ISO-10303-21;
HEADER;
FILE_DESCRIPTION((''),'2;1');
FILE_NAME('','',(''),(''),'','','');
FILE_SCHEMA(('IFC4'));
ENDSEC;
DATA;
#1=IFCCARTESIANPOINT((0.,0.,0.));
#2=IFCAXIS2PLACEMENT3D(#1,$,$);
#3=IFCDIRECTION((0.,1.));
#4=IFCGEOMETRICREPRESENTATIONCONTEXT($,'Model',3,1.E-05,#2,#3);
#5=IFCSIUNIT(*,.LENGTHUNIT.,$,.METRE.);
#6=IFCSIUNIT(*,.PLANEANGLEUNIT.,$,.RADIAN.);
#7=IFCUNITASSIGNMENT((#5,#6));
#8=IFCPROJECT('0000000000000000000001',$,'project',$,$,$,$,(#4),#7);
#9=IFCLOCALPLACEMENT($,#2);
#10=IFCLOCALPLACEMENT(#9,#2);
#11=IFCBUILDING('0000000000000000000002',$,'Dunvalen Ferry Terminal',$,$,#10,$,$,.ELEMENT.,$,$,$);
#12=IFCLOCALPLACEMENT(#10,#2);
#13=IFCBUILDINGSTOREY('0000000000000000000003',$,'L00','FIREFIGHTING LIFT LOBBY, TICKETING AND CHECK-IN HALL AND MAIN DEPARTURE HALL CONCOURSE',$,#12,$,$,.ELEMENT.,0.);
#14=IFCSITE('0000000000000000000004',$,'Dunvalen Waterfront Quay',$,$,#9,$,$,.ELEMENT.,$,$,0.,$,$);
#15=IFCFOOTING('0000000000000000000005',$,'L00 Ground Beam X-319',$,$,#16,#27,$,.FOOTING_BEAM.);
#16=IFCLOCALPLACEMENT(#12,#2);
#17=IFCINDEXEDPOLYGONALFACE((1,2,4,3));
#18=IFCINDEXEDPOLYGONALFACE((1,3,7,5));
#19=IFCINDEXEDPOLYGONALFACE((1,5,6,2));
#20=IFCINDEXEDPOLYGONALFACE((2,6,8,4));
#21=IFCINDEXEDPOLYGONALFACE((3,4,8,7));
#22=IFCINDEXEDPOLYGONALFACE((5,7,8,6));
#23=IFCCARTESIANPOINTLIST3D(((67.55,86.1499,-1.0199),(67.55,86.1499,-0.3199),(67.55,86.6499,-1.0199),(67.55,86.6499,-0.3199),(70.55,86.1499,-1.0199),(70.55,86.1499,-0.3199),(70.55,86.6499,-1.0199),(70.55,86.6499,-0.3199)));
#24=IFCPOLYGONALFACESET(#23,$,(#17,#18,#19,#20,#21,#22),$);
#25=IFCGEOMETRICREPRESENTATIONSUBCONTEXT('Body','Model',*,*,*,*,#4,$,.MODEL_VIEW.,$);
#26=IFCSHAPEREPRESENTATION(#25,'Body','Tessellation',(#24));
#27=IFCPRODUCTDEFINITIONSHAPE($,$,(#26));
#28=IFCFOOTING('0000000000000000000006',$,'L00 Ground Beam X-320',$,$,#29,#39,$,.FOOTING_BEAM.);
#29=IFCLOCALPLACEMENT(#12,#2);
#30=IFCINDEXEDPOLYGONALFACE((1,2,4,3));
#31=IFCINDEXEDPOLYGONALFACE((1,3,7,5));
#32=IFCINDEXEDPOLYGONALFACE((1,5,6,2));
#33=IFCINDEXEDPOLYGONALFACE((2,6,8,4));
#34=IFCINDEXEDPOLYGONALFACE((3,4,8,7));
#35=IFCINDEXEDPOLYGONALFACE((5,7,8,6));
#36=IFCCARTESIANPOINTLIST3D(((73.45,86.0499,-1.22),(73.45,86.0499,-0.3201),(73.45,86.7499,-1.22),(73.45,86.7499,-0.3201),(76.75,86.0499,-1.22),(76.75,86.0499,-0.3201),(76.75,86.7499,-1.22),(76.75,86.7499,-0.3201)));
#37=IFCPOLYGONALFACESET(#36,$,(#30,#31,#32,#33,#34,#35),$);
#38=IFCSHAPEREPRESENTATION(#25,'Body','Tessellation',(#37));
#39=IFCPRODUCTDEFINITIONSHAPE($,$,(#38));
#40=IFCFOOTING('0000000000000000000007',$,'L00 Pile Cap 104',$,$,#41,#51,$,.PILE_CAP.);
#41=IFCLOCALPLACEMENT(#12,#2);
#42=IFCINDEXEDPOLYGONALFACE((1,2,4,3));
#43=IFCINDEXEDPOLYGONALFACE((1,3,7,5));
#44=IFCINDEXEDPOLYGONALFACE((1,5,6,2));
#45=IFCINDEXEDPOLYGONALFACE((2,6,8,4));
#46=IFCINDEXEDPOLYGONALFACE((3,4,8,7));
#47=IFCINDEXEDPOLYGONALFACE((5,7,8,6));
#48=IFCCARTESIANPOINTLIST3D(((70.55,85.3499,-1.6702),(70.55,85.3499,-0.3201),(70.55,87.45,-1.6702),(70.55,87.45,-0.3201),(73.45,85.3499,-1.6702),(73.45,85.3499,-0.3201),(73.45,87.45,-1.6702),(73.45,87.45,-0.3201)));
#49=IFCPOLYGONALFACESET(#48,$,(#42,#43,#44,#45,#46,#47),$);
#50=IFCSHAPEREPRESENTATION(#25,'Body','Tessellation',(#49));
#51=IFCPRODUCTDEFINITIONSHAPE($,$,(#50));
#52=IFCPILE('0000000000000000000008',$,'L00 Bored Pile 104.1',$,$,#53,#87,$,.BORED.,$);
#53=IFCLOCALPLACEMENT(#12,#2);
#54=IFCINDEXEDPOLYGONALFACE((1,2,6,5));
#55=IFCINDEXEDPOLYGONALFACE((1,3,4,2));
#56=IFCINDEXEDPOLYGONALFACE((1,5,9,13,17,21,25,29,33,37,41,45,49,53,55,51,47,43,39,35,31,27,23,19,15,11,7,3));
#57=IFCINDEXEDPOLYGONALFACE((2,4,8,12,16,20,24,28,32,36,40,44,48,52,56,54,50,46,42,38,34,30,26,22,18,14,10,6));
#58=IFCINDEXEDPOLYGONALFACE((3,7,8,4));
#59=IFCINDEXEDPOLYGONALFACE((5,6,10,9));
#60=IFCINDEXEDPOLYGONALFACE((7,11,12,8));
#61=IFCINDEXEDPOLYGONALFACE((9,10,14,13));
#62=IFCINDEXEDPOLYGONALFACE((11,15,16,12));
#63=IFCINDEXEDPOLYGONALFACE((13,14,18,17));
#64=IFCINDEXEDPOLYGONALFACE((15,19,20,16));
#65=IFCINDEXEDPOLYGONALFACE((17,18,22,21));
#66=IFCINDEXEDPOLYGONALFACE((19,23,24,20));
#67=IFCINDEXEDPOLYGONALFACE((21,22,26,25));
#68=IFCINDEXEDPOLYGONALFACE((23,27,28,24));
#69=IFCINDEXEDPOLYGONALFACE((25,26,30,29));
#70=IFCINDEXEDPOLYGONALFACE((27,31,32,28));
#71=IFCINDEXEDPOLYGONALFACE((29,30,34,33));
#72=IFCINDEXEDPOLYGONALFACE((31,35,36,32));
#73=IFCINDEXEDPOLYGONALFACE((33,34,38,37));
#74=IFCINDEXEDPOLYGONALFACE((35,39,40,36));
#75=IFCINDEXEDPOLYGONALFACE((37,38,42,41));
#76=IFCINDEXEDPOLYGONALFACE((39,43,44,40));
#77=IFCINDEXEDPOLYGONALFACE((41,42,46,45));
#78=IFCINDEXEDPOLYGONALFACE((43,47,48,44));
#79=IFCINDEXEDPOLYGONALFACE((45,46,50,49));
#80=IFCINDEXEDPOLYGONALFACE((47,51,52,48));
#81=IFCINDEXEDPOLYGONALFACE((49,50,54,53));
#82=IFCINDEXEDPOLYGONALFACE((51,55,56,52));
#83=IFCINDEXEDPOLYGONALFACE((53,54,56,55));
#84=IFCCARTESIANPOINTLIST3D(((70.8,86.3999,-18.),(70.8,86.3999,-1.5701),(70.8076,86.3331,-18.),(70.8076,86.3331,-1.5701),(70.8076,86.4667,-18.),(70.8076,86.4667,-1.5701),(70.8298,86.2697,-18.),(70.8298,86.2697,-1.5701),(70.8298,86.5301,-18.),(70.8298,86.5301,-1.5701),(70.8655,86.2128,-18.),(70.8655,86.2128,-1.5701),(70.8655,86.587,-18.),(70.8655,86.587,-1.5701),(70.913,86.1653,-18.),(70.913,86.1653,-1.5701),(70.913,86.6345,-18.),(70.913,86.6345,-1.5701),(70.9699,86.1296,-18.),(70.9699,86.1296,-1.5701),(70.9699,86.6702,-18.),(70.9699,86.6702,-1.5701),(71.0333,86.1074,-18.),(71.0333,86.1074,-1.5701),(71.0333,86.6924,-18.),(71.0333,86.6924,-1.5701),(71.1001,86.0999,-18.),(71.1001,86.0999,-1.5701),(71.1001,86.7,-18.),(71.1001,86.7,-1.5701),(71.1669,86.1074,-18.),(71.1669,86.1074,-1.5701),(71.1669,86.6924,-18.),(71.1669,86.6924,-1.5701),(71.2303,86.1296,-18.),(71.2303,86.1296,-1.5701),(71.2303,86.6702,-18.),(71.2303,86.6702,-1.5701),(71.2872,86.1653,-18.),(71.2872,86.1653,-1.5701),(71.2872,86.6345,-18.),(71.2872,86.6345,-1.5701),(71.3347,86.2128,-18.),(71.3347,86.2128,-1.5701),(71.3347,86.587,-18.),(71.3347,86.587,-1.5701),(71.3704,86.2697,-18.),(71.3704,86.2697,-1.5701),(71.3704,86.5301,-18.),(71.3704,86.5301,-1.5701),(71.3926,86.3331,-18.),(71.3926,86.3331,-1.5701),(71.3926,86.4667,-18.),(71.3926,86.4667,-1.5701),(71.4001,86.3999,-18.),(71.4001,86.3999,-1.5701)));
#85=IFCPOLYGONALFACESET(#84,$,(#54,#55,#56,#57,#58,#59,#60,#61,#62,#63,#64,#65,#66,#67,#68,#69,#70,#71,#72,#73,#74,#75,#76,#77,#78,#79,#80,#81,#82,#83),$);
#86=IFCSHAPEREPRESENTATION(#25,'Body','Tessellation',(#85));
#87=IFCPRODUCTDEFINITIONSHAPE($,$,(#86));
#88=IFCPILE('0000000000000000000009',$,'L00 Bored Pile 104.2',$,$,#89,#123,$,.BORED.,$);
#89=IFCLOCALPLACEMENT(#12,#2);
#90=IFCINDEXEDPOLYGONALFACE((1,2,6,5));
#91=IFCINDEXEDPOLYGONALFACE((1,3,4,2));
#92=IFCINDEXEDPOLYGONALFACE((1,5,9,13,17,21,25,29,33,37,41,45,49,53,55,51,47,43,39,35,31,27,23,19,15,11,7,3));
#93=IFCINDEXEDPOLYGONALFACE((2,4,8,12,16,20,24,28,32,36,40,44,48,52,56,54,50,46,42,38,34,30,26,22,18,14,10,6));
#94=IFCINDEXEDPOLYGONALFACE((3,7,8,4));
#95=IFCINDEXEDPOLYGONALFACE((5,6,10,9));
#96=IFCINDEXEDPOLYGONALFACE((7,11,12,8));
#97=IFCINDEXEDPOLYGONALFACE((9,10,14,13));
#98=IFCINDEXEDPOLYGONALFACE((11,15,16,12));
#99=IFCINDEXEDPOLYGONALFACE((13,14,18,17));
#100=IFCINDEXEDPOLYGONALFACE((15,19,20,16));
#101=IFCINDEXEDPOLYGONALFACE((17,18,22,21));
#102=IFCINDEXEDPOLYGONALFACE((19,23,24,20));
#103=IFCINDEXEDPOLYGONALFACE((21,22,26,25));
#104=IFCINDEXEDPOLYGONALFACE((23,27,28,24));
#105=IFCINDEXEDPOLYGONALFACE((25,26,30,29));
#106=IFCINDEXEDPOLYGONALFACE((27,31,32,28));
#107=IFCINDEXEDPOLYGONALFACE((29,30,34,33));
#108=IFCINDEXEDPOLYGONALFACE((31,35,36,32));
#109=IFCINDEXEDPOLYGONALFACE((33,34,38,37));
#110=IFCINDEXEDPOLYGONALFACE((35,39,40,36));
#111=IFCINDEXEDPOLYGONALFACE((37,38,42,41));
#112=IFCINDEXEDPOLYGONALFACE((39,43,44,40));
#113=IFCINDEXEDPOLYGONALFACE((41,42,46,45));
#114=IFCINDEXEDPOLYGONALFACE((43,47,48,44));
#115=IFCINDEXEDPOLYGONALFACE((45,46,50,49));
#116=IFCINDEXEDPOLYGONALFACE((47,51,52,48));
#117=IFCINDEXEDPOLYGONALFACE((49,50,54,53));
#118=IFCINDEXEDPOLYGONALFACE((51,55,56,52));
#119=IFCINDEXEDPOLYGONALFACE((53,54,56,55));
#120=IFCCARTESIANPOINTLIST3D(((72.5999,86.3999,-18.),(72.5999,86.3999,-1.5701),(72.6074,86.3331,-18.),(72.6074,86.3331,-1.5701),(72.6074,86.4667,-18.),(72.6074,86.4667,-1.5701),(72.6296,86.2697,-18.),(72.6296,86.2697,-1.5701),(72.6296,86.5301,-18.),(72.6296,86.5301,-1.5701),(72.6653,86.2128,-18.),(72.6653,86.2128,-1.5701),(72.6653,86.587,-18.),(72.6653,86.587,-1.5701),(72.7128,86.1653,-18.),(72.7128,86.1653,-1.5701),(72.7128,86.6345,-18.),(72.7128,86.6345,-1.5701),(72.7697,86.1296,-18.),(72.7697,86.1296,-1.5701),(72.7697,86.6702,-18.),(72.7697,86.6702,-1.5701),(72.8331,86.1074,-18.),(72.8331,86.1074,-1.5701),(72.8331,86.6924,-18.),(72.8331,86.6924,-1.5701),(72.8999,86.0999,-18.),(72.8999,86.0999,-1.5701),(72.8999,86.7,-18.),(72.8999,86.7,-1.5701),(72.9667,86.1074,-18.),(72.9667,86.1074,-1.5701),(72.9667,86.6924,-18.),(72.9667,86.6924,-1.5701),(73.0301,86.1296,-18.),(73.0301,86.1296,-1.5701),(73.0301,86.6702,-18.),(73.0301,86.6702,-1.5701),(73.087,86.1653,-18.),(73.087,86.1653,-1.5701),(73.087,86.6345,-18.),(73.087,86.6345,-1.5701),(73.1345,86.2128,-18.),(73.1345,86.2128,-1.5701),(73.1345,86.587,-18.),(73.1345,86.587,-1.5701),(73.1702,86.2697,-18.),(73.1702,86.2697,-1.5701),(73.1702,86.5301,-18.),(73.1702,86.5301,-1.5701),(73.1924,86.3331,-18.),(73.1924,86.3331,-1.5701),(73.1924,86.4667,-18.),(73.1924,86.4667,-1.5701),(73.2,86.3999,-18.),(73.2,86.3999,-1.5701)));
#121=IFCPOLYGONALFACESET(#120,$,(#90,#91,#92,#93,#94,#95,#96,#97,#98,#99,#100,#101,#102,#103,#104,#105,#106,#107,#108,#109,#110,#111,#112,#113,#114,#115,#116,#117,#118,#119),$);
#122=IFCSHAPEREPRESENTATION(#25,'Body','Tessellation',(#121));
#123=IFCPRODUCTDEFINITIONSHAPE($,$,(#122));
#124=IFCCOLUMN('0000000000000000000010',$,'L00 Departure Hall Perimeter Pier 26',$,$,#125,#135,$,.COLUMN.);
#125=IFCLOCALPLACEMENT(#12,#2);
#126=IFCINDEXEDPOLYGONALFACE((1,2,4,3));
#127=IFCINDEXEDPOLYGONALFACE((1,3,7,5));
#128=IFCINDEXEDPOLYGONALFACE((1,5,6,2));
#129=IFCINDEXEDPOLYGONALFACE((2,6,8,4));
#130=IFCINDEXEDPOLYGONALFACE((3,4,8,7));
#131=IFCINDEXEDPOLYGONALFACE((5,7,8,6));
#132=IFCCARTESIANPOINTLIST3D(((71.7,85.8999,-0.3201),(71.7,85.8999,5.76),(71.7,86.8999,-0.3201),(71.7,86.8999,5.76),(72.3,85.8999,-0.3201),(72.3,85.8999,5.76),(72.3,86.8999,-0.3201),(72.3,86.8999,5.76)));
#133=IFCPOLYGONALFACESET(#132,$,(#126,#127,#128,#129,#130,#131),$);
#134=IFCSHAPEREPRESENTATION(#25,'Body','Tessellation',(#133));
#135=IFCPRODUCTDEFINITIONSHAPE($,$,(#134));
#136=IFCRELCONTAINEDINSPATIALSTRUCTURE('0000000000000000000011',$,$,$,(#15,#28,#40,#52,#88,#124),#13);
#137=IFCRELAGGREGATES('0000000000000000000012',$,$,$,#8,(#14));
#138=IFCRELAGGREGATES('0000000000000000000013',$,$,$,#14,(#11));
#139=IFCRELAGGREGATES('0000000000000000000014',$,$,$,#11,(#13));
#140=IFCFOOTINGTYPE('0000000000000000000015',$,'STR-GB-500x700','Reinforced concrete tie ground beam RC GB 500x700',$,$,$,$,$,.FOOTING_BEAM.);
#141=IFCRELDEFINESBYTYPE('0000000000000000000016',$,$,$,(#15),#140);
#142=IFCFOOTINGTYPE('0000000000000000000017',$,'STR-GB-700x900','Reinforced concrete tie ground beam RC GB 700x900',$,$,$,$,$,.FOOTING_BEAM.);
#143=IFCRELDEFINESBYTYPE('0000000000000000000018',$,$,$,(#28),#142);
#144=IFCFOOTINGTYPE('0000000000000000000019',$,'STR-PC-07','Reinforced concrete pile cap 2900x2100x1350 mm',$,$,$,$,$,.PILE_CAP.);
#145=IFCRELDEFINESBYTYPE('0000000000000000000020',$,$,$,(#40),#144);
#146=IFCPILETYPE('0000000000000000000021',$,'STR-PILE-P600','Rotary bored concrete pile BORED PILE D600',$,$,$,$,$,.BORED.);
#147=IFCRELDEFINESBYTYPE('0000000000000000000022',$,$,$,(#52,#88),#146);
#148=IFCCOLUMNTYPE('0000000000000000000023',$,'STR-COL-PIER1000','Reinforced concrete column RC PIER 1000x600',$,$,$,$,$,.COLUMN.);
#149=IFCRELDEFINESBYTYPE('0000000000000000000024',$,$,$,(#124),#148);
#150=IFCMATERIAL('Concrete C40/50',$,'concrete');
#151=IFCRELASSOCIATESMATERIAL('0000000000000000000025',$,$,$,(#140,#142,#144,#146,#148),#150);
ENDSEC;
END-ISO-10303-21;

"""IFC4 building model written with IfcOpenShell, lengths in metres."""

from ifc_helpers import new_model, si_unit, direction, frame, origin, origin_2d, place, context, subcontext, project, spatial, rectangle, circle, extrude, material, material_profile, profile_set, type_object, element, save


model = new_model("IFC4")

# Units and contexts
model_context = context("Model", 3, precision=1e-05, world=origin(), true_north=direction((0.0, 1.0)))
body_context = subcontext(model_context, "Body", "Model", "MODEL_VIEW")
ifc_project = project(units=[si_unit("LENGTHUNIT", "METRE"), si_unit("PLANEANGLEUNIT", "RADIAN")], contexts=[model_context])

# Site, building, storey
site_placement = place(None, origin())
site = spatial("IfcSite", under=ifc_project, at=site_placement, Name="Dunvalen Waterfront Quay", CompositionType="ELEMENT", RefElevation=0.0)
building_placement = place(site_placement, origin())
building = spatial("IfcBuilding", under=site, at=building_placement, Name="Dunvalen Ferry Terminal", CompositionType="ELEMENT")
storey_placement = place(building_placement, origin())
storey = spatial("IfcBuildingStorey", under=building, at=storey_placement, Name="L00", Description="FIREFIGHTING LIFT LOBBY, TICKETING AND CHECK-IN HALL AND MAIN DEPARTURE HALL CONCOURSE", CompositionType="ELEMENT", Elevation=0.0)

# Footings
ifc_material_1 = material(Name="Concrete C40/50", Category="concrete")
ifc_material_profile_1 = material_profile(ifc_material_1, rectangle(XDim=0.5, YDim=0.7, at=origin_2d()), Name="Concrete C40/50")
ifc_profile_set_1 = profile_set([ifc_material_profile_1], Name="Concrete C40/50")
footing_type_1 = type_object("IfcFootingType", Name="STR-GB-500x700", Description="Reinforced concrete tie ground beam RC GB 500x700", PredefinedType="FOOTING_BEAM", material=ifc_profile_set_1)
footing_1_placement = place(storey_placement, frame((67.55, 86.3999, -0.6699), z_axis=(1.0, 0.0, 0.0), x_axis=(0.0, 1.0, 0.0)))
element("IfcFooting", 1, at=footing_1_placement, inside=storey, type_object=footing_type_1, Name="L00 Ground Beam X-319", PredefinedType="FOOTING_BEAM", context=body_context, shape_type="SweptSolid", body=[
    extrude(rectangle(XDim=0.5, YDim=0.7, at=origin_2d()), origin(), (0.0, 0.0, 1.0), 3.0),
])
ifc_material_profile_2 = material_profile(ifc_material_1, rectangle(XDim=0.7, YDim=0.8999, at=origin_2d()), Name="Concrete C40/50")
ifc_profile_set_2 = profile_set([ifc_material_profile_2], Name="Concrete C40/50")
footing_type_2 = type_object("IfcFootingType", Name="STR-GB-700x900", Description="Reinforced concrete tie ground beam RC GB 700x900", PredefinedType="FOOTING_BEAM", material=ifc_profile_set_2)
footing_2_placement = place(storey_placement, frame((73.45, 86.3999, -0.77), z_axis=(1.0, 0.0, 0.0), x_axis=(0.0, 1.0, 0.0)))
element("IfcFooting", 2, at=footing_2_placement, inside=storey, type_object=footing_type_2, Name="L00 Ground Beam X-320", PredefinedType="FOOTING_BEAM", context=body_context, shape_type="SweptSolid", body=[
    extrude(rectangle(XDim=0.7, YDim=0.8999, at=origin_2d()), origin(), (0.0, 0.0, 1.0), 3.3),
])
footing_type_3 = type_object("IfcFootingType", Name="STR-PC-07", Description="Reinforced concrete pile cap 2900x2100x1350 mm", PredefinedType="PILE_CAP", material=ifc_material_1)
footing_3_placement = place(storey_placement, frame((72.0, 86.3999, -1.6702), z_axis=(0.0, 0.0, 1.0), x_axis=(1.0, 0.0, 0.0)))
element("IfcFooting", 3, at=footing_3_placement, inside=storey, type_object=footing_type_3, Name="L00 Pile Cap 104", PredefinedType="PILE_CAP", context=body_context, shape_type="SweptSolid", body=[
    extrude(rectangle(XDim=2.8999, YDim=2.1001, at=origin_2d()), origin(), (0.0, 0.0, 1.0), 1.3501),
])

# Piles
ifc_material_profile_3 = material_profile(ifc_material_1, circle(Radius=0.3, at=origin_2d()), Name="Concrete C40/50")
ifc_profile_set_3 = profile_set([ifc_material_profile_3], Name="Concrete C40/50")
pile_type = type_object("IfcPileType", Name="STR-PILE-P600", Description="Rotary bored concrete pile BORED PILE D600", PredefinedType="BORED", material=ifc_profile_set_3)
for number, where, z_axis, x_axis, name in (
    (4, (71.1001, 86.3999, -1.5701), (0.0, 0.0, -1.0), (1.0, 0.0, 0.0), "L00 Bored Pile 104.1"),
    (5, (72.8999, 86.3999, -1.5701), (0.0, 0.0, -1.0), (1.0, 0.0, 0.0), "L00 Bored Pile 104.2"),
):
    element("IfcPile", number, at=place(storey_placement, frame(where, z_axis=z_axis, x_axis=x_axis)), inside=storey, type_object=pile_type, Name=name, PredefinedType="BORED", context=body_context, shape_type="SweptSolid", body=[
        extrude(circle(Radius=0.3, at=origin_2d()), origin(), (0.0, 0.0, 1.0), 16.4299),
    ])

# Column
ifc_material_profile_4 = material_profile(ifc_material_1, rectangle(XDim=0.6001, YDim=1.0, at=origin_2d()), Name="Concrete C40/50")
ifc_profile_set_4 = profile_set([ifc_material_profile_4], Name="Concrete C40/50")
column_type = type_object("IfcColumnType", Name="STR-COL-PIER1000", Description="Reinforced concrete column RC PIER 1000x600", PredefinedType="COLUMN", material=ifc_profile_set_4)
column_placement = place(storey_placement, frame((72.0, 86.3999, -0.3201), z_axis=(0.0, 0.0, 1.0), x_axis=(1.0, 0.0, 0.0)))
element("IfcColumn", 6, at=column_placement, inside=storey, type_object=column_type, Name="L00 Departure Hall Perimeter Pier 26", PredefinedType="COLUMN", context=body_context, shape_type="SweptSolid", body=[
    extrude(rectangle(XDim=0.6001, YDim=1.0, at=origin_2d()), origin(), (0.0, 0.0, 1.0), 6.0801),
])

save(model, "model.ifc")
